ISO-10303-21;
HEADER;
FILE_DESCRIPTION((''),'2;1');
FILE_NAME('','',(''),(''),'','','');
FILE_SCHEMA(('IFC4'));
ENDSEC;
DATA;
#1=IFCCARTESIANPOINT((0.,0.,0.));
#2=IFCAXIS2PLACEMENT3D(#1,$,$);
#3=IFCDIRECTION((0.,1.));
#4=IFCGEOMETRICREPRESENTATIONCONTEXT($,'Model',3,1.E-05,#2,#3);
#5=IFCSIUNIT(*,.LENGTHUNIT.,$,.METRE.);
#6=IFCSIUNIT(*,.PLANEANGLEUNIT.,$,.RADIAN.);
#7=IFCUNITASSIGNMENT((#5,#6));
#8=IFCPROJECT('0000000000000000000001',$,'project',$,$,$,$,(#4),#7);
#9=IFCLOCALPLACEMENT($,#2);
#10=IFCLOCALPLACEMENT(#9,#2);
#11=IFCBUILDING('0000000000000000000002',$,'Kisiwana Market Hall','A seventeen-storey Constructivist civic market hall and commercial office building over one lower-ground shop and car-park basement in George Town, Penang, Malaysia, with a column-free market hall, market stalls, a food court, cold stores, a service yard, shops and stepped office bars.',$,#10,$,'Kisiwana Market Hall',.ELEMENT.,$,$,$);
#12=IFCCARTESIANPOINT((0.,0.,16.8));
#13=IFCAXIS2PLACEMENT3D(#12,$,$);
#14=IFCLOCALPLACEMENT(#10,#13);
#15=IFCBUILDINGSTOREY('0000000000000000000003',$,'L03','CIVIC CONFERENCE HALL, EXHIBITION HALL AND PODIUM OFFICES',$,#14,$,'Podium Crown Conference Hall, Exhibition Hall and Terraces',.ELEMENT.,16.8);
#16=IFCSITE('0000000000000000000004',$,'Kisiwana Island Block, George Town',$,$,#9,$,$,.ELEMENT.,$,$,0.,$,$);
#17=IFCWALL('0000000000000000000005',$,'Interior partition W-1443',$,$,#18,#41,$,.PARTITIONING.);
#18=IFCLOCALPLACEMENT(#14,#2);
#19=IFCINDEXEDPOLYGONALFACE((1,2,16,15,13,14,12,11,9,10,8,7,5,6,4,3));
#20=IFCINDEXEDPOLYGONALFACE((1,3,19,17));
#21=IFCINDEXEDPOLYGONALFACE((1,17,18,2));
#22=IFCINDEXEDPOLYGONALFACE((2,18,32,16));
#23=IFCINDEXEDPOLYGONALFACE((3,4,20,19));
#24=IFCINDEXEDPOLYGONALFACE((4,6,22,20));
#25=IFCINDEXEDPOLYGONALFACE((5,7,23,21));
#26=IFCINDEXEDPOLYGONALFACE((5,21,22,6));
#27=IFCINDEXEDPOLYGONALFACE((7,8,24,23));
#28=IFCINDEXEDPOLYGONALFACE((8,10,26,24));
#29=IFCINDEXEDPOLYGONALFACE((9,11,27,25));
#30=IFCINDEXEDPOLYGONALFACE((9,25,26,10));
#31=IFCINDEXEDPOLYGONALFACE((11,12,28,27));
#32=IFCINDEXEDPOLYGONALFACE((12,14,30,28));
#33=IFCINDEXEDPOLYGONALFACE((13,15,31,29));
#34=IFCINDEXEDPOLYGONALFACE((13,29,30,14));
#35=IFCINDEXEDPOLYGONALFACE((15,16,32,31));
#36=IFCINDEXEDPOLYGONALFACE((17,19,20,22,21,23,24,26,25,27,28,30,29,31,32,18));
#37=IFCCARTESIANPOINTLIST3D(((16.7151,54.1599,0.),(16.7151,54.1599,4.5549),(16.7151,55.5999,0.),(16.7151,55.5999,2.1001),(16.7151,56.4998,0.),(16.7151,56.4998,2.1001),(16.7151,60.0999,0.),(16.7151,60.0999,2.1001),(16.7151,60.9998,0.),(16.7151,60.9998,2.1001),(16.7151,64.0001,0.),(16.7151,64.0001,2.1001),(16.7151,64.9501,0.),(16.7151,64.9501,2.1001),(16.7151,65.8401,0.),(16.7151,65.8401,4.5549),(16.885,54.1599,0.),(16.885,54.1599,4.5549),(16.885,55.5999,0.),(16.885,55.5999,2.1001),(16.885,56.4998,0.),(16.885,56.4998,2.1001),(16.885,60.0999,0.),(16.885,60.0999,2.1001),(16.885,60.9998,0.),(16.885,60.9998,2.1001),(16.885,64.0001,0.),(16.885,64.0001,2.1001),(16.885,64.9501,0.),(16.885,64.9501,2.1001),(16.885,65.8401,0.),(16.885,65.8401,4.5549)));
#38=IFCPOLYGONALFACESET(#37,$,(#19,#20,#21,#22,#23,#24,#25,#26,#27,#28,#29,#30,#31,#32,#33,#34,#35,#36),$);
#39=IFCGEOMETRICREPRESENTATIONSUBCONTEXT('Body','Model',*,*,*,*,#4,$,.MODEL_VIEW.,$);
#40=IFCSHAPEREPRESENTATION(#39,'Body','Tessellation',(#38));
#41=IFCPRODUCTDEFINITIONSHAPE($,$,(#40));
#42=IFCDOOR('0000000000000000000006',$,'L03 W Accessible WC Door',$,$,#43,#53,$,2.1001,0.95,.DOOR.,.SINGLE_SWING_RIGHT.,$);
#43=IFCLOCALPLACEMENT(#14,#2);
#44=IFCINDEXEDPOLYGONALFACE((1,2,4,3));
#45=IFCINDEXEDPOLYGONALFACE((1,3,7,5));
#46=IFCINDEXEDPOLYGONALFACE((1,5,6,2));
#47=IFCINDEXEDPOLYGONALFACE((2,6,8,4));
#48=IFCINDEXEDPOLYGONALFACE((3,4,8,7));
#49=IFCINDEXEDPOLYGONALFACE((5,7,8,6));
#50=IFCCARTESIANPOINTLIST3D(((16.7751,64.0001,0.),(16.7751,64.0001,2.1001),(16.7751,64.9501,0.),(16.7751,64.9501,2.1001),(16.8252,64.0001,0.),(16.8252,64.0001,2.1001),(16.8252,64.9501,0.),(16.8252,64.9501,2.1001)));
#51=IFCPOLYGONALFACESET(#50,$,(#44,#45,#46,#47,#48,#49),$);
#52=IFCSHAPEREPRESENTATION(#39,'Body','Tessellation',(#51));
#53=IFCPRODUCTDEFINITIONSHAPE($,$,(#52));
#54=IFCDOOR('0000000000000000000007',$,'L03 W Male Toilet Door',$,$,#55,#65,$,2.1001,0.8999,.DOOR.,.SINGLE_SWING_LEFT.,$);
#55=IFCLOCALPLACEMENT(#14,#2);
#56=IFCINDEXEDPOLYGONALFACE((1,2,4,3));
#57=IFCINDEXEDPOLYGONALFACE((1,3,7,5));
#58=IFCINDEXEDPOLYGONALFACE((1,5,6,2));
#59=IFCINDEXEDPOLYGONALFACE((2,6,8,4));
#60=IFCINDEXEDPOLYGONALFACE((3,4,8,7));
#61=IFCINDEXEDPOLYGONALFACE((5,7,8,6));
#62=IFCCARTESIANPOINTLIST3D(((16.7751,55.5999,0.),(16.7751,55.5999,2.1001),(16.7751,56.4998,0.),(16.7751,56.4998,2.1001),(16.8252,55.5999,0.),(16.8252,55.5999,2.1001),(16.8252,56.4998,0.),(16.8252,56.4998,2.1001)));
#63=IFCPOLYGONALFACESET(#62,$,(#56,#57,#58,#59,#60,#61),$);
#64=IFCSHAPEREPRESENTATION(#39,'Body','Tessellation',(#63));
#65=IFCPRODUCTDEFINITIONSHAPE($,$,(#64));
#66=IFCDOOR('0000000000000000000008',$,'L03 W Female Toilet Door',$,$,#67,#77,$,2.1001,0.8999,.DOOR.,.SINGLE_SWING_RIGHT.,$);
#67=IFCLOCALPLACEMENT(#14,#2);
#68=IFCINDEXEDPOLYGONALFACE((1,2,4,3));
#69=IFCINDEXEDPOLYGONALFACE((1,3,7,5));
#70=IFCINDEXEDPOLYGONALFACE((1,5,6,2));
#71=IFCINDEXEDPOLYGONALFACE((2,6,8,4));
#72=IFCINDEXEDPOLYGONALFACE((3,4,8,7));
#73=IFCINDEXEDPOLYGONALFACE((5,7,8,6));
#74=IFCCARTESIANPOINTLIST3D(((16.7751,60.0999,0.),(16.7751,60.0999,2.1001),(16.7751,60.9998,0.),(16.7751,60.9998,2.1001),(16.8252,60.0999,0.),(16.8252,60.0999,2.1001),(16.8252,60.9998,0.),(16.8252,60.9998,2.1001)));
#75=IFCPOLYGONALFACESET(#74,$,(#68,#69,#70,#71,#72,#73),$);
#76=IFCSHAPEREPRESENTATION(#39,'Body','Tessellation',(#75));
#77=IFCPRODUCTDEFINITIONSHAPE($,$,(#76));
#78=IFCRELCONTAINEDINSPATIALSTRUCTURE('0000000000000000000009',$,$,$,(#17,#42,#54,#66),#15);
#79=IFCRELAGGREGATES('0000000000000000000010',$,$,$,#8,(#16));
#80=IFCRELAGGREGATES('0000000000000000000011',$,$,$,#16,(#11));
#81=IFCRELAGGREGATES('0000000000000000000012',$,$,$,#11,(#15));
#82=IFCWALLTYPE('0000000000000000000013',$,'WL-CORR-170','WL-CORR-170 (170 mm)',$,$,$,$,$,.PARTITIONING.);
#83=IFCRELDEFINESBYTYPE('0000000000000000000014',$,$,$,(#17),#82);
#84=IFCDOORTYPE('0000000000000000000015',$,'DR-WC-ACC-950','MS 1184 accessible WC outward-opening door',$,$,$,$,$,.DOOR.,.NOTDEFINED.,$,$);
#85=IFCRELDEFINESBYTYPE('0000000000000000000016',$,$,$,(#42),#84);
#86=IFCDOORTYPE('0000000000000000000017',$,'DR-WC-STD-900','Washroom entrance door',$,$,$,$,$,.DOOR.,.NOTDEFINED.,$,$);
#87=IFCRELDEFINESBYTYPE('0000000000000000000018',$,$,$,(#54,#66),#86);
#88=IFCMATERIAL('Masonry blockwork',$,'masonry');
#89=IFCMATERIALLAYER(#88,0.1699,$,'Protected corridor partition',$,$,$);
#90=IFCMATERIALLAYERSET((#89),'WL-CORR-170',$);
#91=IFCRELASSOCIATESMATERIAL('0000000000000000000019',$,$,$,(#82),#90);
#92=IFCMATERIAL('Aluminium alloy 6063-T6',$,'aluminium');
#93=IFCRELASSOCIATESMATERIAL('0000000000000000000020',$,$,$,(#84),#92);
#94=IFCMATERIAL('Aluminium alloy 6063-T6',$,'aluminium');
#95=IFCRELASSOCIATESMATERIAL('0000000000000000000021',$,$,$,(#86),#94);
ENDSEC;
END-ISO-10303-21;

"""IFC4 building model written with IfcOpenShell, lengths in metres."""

from ifc_helpers import new_model, si_unit, direction, frame, frame_2d, origin, place, context, subcontext, project, spatial, rectangle, extrude, material, layer, layer_set, type_object, element, fill, save


model = new_model("IFC4")

# Units and contexts
model_context = context("Model", 3, precision=1e-05, world=origin(), true_north=direction((0.0, 1.0)))
body_context = subcontext(model_context, "Body", "Model", "MODEL_VIEW")
ifc_project = project(units=[si_unit("LENGTHUNIT", "METRE"), si_unit("PLANEANGLEUNIT", "RADIAN")], contexts=[model_context])

# Site, building, storey
site_placement = place(None, origin())
site = spatial("IfcSite", under=ifc_project, at=site_placement, Name="Kisiwana Island Block, George Town", CompositionType="ELEMENT", RefElevation=0.0)
building_placement = place(site_placement, origin())
building = spatial("IfcBuilding", under=site, at=building_placement, Name="Kisiwana Market Hall", Description="A seventeen-storey Constructivist civic market hall and commercial office building over one lower-ground shop and car-park basement in George Town, Penang, Malaysia, with a column-free market hall, market stalls, a food court, cold stores, a service yard, shops and stepped office bars.", LongName="Kisiwana Market Hall", CompositionType="ELEMENT")
storey_placement = place(building_placement, frame((0.0, 0.0, 16.8)))
storey = spatial("IfcBuildingStorey", under=building, at=storey_placement, Name="L03", Description="CIVIC CONFERENCE HALL, EXHIBITION HALL AND PODIUM OFFICES", LongName="Podium Crown Conference Hall, Exhibition Hall and Terraces", CompositionType="ELEMENT", Elevation=16.8)

# Shared definitions
ifc_material_1 = material(Name="Masonry blockwork", Category="masonry")
ifc_layer_1 = layer(ifc_material_1, 0.1699, Name="Protected corridor partition")
ifc_layer_set_1 = layer_set([ifc_layer_1], Name="WL-CORR-170")
wall_type_1 = type_object("IfcWallType", Name="WL-CORR-170", Description="WL-CORR-170 (170 mm)", PredefinedType="PARTITIONING", material=ifc_layer_set_1)

# Wall, openings, doors
wall_1_placement = place(storey_placement, frame((16.8, 54.1599, 0.0), z_axis=(0.0, 0.0, 1.0), x_axis=(0.0, 1.0, 0.0)))
wall_1 = element("IfcWall", 1, at=wall_1_placement, inside=storey, type_object=wall_type_1, Name="Interior partition W-1443", PredefinedType="PARTITIONING", context=body_context, shape_type="SweptSolid", body=[
    extrude(rectangle(XDim=11.6802, YDim=0.1699, at=frame_2d((5.8401, 0.0))), origin(), (0.0, 0.0, 1.0), 4.5549),
])
opening_1_placement = place(wall_1_placement, frame((1.4399, 0.0, 0.0)))
opening_1 = element("IfcOpeningElement", 2, at=opening_1_placement, cuts=wall_1, PredefinedType="OPENING", context=body_context, shape_type="SweptSolid", body=[
    extrude(rectangle(XDim=0.8999, YDim=2.1001, at=frame_2d((0.45, 1.05))), frame((0.0, 0.0969, 0.0), z_axis=(0.0, -1.0, 0.0), x_axis=(1.0, 0.0, 0.0)), (0.0, 0.0, 1.0), 0.1938),
])
opening_2_placement = place(wall_1_placement, frame((5.9399, 0.0, 0.0)))
opening_2 = element("IfcOpeningElement", 3, at=opening_2_placement, cuts=wall_1, PredefinedType="OPENING", context=body_context, shape_type="SweptSolid", body=[
    extrude(rectangle(XDim=0.8999, YDim=2.1001, at=frame_2d((0.45, 1.05))), frame((0.0, 0.0969, 0.0), z_axis=(0.0, -1.0, 0.0), x_axis=(1.0, 0.0, 0.0)), (0.0, 0.0, 1.0), 0.1938),
])
opening_3_placement = place(wall_1_placement, frame((9.8401, 0.0, 0.0)))
opening_3 = element("IfcOpeningElement", 4, at=opening_3_placement, cuts=wall_1, PredefinedType="OPENING", context=body_context, shape_type="SweptSolid", body=[
    extrude(rectangle(XDim=0.95, YDim=2.1001, at=frame_2d((0.4751, 1.05))), frame((0.0, 0.0969, 0.0), z_axis=(0.0, -1.0, 0.0), x_axis=(1.0, 0.0, 0.0)), (0.0, 0.0, 1.0), 0.1938),
])
ifc_material_2 = material(Name="Aluminium alloy 6063-T6", Category="aluminium")
door_type_1 = type_object("IfcDoorType", Name="DR-WC-ACC-950", Description="MS 1184 accessible WC outward-opening door", OperationType="NOTDEFINED", PredefinedType="DOOR", material=ifc_material_2)
door_1_placement = place(opening_3_placement, origin())
door_1 = element("IfcDoor", 5, at=door_1_placement, inside=storey, type_object=door_type_1, Name="L03 W Accessible WC Door", OperationType="SINGLE_SWING_RIGHT", OverallHeight=2.1001, OverallWidth=0.95, PredefinedType="DOOR", context=body_context, shape_type="SweptSolid", body=[
    extrude(rectangle(XDim=0.95, YDim=2.1001, at=frame_2d((0.4751, 1.05))), frame((0.0, 0.0249, 0.0), z_axis=(0.0, -1.0, 0.0), x_axis=(1.0, 0.0, 0.0)), (0.0, 0.0, 1.0), 0.05),
])
fill(opening_3, door_1)
ifc_material_3 = material(Name="Aluminium alloy 6063-T6", Category="aluminium")
door_type_2 = type_object("IfcDoorType", Name="DR-WC-STD-900", Description="Washroom entrance door", OperationType="NOTDEFINED", PredefinedType="DOOR", material=ifc_material_3)
door_2_placement = place(opening_1_placement, origin())
door_2 = element("IfcDoor", 6, at=door_2_placement, inside=storey, type_object=door_type_2, Name="L03 W Male Toilet Door", OperationType="SINGLE_SWING_LEFT", OverallHeight=2.1001, OverallWidth=0.8999, PredefinedType="DOOR", context=body_context, shape_type="SweptSolid", body=[
    extrude(rectangle(XDim=0.8999, YDim=2.1001, at=frame_2d((0.45, 1.05))), frame((0.0, 0.0249, 0.0), z_axis=(0.0, -1.0, 0.0), x_axis=(1.0, 0.0, 0.0)), (0.0, 0.0, 1.0), 0.05),
])
fill(opening_1, door_2)
door_3_placement = place(opening_2_placement, origin())
door_3 = element("IfcDoor", 7, at=door_3_placement, inside=storey, type_object=door_type_2, Name="L03 W Female Toilet Door", OperationType="SINGLE_SWING_RIGHT", OverallHeight=2.1001, OverallWidth=0.8999, PredefinedType="DOOR", context=body_context, shape_type="SweptSolid", body=[
    extrude(rectangle(XDim=0.8999, YDim=2.1001, at=frame_2d((0.45, 1.05))), frame((0.0, 0.0249, 0.0), z_axis=(0.0, -1.0, 0.0), x_axis=(1.0, 0.0, 0.0)), (0.0, 0.0, 1.0), 0.05),
])
fill(opening_2, door_3)

save(model, "model.ifc")
